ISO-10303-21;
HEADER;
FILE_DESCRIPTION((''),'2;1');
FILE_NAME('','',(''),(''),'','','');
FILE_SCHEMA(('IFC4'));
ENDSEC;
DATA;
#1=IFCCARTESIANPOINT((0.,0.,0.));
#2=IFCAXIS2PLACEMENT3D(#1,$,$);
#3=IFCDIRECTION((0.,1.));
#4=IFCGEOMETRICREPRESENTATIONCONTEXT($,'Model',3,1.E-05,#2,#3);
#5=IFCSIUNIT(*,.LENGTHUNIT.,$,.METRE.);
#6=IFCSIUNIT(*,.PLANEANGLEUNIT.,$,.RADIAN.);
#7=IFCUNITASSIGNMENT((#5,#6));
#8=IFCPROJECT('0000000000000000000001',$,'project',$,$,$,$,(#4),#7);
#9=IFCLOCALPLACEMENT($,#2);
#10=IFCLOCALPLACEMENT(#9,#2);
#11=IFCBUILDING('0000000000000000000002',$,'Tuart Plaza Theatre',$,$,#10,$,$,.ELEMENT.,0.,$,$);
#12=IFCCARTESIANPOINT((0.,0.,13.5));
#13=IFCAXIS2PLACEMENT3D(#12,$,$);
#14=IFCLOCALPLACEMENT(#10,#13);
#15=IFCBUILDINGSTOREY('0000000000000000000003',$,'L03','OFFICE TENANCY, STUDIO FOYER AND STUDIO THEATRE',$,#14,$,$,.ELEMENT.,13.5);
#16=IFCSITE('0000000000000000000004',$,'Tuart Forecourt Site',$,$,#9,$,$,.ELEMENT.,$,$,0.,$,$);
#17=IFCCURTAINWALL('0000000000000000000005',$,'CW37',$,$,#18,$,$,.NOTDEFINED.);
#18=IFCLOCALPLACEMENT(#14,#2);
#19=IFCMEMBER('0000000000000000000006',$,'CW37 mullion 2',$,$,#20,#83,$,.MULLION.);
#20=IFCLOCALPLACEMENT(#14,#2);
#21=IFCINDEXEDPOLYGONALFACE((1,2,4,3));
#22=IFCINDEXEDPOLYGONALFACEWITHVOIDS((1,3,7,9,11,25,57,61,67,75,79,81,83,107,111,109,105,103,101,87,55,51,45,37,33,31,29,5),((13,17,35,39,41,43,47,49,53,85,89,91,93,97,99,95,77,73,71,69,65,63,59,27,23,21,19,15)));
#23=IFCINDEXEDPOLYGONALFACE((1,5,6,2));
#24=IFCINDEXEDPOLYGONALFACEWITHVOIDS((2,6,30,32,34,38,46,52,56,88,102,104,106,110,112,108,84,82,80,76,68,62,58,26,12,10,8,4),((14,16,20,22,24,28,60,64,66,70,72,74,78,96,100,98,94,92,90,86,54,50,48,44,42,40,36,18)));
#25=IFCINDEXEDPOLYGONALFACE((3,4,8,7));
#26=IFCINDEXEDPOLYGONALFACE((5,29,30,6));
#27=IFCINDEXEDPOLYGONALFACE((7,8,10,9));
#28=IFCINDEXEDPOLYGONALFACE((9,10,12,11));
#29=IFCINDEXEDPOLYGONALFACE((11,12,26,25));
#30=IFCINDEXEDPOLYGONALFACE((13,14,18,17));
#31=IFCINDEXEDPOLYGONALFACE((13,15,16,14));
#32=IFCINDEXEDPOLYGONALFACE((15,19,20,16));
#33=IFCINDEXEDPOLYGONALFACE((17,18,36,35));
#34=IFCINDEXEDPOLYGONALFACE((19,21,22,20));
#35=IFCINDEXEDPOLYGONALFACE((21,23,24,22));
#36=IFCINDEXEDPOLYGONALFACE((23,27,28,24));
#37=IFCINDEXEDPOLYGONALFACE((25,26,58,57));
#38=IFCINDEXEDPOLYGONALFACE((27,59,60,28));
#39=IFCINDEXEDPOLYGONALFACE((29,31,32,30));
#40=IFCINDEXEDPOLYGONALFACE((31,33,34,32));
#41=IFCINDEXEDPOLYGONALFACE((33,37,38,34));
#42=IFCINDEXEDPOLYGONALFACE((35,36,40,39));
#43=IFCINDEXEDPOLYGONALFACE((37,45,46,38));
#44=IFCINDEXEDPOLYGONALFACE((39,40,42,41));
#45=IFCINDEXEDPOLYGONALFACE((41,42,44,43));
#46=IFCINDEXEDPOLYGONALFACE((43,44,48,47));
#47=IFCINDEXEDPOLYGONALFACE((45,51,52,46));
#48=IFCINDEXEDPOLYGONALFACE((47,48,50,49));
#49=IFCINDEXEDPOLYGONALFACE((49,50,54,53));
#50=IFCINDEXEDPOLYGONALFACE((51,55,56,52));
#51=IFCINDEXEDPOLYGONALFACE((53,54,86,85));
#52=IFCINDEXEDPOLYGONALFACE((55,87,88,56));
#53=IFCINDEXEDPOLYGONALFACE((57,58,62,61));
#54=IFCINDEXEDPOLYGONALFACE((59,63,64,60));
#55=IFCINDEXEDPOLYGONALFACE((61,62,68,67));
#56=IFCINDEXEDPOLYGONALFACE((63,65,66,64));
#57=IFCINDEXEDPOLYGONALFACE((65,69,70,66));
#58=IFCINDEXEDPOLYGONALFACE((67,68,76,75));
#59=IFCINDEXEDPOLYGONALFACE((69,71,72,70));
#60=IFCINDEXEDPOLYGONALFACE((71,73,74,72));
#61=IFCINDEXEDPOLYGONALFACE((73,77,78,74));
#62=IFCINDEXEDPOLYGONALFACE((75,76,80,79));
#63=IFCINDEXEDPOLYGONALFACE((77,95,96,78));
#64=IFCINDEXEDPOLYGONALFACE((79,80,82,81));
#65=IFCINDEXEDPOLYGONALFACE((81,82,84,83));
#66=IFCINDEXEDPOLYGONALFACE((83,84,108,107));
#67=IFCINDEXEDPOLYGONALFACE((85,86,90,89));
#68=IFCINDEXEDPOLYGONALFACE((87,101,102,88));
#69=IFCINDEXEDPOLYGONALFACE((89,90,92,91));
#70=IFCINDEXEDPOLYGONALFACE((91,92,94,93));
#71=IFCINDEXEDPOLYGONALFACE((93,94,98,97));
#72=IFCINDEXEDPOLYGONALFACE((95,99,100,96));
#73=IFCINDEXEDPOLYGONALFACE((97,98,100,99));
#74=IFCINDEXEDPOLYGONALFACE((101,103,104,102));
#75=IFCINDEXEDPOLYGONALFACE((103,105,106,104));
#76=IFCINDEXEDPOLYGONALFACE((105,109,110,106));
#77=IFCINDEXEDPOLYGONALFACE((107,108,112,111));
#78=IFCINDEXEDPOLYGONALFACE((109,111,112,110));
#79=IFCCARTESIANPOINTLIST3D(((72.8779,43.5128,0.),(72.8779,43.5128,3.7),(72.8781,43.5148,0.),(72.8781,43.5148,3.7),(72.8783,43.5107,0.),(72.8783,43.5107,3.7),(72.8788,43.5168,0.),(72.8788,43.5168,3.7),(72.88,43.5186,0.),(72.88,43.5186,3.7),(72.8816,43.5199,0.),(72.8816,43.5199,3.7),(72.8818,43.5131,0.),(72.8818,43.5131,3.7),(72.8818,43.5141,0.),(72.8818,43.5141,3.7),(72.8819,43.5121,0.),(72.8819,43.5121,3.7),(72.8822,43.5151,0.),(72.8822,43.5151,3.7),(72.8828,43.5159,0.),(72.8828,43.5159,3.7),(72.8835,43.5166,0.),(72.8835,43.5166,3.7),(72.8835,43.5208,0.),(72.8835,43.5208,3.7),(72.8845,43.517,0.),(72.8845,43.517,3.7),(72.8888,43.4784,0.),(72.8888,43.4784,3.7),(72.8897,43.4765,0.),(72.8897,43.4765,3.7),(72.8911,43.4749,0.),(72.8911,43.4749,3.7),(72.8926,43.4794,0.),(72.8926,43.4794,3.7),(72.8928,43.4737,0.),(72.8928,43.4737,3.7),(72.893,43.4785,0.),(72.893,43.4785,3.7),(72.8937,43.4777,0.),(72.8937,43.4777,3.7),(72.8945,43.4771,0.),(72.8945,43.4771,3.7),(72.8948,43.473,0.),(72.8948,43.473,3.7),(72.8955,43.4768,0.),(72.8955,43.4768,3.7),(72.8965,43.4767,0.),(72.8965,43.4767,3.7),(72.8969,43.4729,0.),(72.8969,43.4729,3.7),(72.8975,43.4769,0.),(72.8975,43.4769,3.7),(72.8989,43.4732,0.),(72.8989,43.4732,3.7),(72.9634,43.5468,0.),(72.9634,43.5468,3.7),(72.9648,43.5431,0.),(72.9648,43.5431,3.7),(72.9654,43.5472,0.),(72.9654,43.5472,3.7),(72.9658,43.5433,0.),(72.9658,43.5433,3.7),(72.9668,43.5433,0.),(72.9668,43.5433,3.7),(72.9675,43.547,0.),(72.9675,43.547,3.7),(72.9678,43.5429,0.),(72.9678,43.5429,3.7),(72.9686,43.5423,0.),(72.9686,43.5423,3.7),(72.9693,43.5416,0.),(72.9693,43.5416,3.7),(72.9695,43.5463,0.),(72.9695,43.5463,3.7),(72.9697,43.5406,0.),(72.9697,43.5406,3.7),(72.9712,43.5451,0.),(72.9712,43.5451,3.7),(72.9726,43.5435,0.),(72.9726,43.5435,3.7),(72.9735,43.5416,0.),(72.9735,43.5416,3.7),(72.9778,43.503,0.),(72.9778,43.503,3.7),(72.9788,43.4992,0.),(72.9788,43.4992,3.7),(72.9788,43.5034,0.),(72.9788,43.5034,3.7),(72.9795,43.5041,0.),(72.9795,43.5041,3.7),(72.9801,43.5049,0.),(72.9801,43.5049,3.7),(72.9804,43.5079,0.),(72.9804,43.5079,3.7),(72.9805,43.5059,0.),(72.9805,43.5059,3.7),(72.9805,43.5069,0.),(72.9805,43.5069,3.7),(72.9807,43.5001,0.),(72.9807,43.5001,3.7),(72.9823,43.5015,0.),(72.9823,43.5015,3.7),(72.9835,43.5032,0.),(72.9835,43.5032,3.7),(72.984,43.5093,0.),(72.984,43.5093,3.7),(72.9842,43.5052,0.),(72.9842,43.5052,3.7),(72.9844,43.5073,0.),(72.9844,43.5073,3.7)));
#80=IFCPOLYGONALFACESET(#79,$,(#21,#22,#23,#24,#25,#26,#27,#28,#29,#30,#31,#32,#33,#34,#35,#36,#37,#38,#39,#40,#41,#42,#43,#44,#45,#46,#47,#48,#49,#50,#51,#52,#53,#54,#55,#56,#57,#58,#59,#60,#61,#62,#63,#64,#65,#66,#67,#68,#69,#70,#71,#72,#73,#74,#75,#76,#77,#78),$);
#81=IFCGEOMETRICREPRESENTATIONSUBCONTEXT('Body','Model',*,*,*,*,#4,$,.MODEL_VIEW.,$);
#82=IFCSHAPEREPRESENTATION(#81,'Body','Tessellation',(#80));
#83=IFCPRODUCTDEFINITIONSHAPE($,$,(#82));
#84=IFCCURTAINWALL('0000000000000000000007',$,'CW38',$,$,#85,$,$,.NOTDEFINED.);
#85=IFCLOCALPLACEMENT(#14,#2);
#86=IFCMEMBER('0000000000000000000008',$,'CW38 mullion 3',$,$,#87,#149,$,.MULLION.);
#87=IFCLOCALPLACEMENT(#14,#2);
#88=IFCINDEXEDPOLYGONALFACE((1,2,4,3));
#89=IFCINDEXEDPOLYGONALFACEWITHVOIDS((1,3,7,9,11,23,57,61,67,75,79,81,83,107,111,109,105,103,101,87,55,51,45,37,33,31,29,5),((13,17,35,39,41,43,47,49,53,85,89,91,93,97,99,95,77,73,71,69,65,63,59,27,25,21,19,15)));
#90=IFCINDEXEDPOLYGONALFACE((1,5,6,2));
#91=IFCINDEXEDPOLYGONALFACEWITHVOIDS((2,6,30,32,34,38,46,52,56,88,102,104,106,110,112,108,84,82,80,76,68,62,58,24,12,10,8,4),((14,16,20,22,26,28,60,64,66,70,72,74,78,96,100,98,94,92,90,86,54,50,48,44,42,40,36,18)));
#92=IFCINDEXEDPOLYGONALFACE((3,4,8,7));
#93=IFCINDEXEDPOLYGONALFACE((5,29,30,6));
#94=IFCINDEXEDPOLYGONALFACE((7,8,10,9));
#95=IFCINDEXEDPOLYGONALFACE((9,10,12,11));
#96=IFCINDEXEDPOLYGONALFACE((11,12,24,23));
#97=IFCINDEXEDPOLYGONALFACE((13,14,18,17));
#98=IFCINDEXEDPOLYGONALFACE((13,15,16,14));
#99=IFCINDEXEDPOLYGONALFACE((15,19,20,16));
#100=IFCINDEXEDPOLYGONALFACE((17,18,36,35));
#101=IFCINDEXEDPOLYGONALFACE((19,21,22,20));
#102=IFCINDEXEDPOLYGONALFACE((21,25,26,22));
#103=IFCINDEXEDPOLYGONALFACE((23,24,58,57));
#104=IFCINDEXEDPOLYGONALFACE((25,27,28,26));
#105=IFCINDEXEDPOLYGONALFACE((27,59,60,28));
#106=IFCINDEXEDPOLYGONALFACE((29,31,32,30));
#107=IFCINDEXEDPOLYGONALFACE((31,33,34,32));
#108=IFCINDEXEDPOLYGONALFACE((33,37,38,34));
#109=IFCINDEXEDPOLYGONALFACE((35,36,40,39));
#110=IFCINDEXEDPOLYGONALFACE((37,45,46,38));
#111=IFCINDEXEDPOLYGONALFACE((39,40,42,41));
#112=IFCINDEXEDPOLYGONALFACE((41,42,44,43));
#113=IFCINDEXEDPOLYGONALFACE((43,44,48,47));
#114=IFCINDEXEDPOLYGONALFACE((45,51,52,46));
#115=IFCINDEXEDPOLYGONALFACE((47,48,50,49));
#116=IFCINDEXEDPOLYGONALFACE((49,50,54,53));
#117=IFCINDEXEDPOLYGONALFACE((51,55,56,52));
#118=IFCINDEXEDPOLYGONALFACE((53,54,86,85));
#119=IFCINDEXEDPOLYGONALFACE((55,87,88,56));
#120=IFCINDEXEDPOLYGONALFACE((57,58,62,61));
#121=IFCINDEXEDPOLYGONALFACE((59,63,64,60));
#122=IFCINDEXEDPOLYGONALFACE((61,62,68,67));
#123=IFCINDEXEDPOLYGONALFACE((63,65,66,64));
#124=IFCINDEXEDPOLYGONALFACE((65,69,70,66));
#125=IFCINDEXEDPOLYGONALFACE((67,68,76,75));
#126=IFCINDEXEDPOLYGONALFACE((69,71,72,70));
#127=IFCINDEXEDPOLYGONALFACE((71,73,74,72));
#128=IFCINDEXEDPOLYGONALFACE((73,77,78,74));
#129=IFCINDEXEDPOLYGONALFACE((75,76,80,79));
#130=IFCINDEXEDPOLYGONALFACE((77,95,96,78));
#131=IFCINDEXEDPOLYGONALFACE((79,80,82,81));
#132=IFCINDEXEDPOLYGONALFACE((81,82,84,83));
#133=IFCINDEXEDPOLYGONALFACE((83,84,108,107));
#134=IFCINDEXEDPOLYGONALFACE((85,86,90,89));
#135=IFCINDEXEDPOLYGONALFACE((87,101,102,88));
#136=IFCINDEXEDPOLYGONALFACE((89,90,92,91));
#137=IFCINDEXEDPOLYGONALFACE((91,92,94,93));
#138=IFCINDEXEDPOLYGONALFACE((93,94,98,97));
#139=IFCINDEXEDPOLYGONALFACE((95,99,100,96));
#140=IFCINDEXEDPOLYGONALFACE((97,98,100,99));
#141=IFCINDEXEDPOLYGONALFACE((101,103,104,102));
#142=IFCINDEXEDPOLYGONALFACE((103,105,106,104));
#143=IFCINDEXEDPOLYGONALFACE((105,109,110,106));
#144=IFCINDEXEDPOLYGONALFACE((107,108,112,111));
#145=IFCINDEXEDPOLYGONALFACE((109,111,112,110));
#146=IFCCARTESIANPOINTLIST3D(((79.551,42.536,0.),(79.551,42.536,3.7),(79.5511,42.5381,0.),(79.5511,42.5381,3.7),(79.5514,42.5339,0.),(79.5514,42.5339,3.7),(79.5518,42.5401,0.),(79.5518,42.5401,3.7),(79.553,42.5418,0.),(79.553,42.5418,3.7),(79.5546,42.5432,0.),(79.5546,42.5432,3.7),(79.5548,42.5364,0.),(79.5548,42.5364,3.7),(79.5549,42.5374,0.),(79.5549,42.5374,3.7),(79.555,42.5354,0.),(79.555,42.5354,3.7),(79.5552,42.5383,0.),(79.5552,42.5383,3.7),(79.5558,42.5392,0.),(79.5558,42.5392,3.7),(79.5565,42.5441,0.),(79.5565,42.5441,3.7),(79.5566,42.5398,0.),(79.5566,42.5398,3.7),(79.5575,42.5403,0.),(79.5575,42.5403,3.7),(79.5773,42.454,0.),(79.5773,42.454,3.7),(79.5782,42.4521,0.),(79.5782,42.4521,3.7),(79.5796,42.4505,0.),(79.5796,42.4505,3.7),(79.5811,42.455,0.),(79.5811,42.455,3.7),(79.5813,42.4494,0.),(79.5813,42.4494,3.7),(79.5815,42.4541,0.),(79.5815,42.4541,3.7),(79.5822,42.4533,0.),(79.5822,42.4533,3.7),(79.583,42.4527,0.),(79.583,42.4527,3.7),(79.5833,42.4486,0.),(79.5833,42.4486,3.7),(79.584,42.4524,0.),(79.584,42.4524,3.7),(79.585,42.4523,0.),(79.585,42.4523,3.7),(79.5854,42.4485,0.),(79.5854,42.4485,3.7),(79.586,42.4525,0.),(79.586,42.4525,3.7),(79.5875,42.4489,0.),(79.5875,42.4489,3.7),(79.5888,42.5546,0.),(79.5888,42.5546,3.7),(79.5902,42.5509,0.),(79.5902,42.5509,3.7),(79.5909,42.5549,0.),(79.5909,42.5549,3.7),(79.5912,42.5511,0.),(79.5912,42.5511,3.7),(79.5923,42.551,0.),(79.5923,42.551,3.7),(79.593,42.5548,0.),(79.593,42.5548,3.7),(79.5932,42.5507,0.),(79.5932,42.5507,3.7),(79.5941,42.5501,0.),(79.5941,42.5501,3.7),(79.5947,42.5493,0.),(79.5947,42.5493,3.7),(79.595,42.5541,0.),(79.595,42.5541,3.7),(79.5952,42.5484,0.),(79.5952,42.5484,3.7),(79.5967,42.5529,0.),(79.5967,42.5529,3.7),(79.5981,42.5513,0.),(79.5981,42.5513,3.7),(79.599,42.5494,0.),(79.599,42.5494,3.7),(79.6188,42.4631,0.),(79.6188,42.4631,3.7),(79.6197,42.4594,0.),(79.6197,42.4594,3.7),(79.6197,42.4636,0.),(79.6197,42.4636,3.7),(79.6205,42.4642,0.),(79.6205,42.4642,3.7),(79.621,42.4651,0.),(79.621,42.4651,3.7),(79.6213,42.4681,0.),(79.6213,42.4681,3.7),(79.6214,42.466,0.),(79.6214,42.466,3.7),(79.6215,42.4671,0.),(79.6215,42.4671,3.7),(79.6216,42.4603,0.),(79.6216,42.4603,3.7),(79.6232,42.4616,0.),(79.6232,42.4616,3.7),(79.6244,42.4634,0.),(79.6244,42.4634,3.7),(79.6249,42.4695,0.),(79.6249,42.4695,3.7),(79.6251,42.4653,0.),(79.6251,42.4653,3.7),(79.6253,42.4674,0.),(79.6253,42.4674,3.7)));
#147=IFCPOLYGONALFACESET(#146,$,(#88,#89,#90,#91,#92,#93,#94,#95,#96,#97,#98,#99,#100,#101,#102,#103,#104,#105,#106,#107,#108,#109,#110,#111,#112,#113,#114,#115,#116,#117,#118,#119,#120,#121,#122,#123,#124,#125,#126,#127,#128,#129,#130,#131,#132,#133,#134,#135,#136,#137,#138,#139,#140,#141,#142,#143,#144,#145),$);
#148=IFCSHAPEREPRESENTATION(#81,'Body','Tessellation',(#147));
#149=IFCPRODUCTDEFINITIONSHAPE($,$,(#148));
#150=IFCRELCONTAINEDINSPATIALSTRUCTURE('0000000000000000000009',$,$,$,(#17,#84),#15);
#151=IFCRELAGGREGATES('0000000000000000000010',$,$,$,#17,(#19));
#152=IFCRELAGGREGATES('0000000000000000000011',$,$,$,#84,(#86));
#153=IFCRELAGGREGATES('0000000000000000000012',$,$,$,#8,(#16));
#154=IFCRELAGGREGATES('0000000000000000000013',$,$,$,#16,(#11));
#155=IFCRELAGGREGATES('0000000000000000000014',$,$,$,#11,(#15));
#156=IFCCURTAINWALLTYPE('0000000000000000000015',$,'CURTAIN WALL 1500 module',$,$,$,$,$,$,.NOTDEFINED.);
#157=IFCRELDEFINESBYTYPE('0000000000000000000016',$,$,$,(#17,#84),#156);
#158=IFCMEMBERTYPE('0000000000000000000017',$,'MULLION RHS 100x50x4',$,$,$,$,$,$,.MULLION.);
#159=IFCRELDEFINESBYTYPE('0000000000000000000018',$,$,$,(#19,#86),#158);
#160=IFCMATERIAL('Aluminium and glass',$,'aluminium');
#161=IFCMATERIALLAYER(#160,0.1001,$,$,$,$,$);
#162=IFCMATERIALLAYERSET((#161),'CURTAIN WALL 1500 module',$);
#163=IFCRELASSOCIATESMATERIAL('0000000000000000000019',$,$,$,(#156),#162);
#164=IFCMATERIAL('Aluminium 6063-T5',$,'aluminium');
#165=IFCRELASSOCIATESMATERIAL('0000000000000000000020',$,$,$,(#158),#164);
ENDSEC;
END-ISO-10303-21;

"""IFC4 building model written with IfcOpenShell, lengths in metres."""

from ifc_helpers import new_model, si_unit, direction, frame, origin, origin_2d, place, context, subcontext, project, spatial, hollow_rectangle, extrude, material, layer, layer_set, material_profile, profile_set, type_object, element, aggregate, save


model = new_model("IFC4")

# Units and contexts
model_context = context("Model", 3, precision=1e-05, world=origin(), true_north=direction((0.0, 1.0)))
body_context = subcontext(model_context, "Body", "Model", "MODEL_VIEW")
ifc_project = project(units=[si_unit("LENGTHUNIT", "METRE"), si_unit("PLANEANGLEUNIT", "RADIAN")], contexts=[model_context])

# Site, building, storey
site_placement = place(None, origin())
site = spatial("IfcSite", under=ifc_project, at=site_placement, Name="Tuart Forecourt Site", CompositionType="ELEMENT", RefElevation=0.0)
building_placement = place(site_placement, origin())
building = spatial("IfcBuilding", under=site, at=building_placement, Name="Tuart Plaza Theatre", CompositionType="ELEMENT", ElevationOfRefHeight=0.0)
storey_placement = place(building_placement, frame((0.0, 0.0, 13.5)))
storey = spatial("IfcBuildingStorey", under=building, at=storey_placement, Name="L03", Description="OFFICE TENANCY, STUDIO FOYER AND STUDIO THEATRE", CompositionType="ELEMENT", Elevation=13.5)

# Curtain walls, members
ifc_material_1 = material(Name="Aluminium and glass", Category="aluminium")
ifc_layer_1 = layer(ifc_material_1, 0.1001)
ifc_layer_set_1 = layer_set([ifc_layer_1], Name="CURTAIN WALL 1500 module")
curtain_wall_type = type_object("IfcCurtainWallType", Name="CURTAIN WALL 1500 module", PredefinedType="NOTDEFINED", material=ifc_layer_set_1)
curtain_wall_1_placement = place(storey_placement, origin())
curtain_wall_1 = element("IfcCurtainWall", 1, at=curtain_wall_1_placement, inside=storey, type_object=curtain_wall_type, Name="CW37", PredefinedType="NOTDEFINED")
ifc_material_2 = material(Name="Aluminium 6063-T5", Category="aluminium")
ifc_material_profile_1 = material_profile(ifc_material_2, hollow_rectangle(XDim=0.05, YDim=0.1001, WallThickness=0.0039, InnerFilletRadius=0.0039, OuterFilletRadius=0.0081, at=origin_2d()), Name="RHS 100x50x4")
ifc_profile_set_1 = profile_set([ifc_material_profile_1], Name="Aluminium 6063-T5")
member_type_1 = type_object("IfcMemberType", Name="MULLION RHS 100x50x4", PredefinedType="MULLION", material=ifc_profile_set_1)
member_1_placement = place(storey_placement, frame((72.9312, 43.51, 0.0), z_axis=(0.0, 0.0, 1.0), x_axis=(-0.308986, 0.951067, 0.0)))
member_1 = element("IfcMember", 2, at=member_1_placement, type_object=member_type_1, Name="CW37 mullion 2", PredefinedType="MULLION", context=body_context, shape_type="SweptSolid", body=[
    extrude(hollow_rectangle(XDim=0.05, YDim=0.1001, WallThickness=0.0039, InnerFilletRadius=0.0039, OuterFilletRadius=0.0081, at=origin_2d()), origin(), (0.0, 0.0, 1.0), 3.7),
])
curtain_wall_2_placement = place(storey_placement, origin())
curtain_wall_2 = element("IfcCurtainWall", 3, at=curtain_wall_2_placement, inside=storey, type_object=curtain_wall_type, Name="CW38", PredefinedType="NOTDEFINED")
member_2_placement = place(storey_placement, frame((79.5881, 42.5017, 0.0), z_axis=(0.0, 0.0, 1.0), x_axis=(0.951056, 0.309018, 0.0)))
member_2 = element("IfcMember", 4, at=member_2_placement, type_object=member_type_1, Name="CW38 mullion 3", PredefinedType="MULLION", context=body_context, shape_type="SweptSolid", body=[
    extrude(hollow_rectangle(XDim=0.05, YDim=0.1001, WallThickness=0.0039, InnerFilletRadius=0.0039, OuterFilletRadius=0.0081, at=origin_2d()), origin(), (0.0, 0.0, 1.0), 3.7),
])

aggregate(curtain_wall_1, [member_1])
aggregate(curtain_wall_2, [member_2])

save(model, "model.ifc")
